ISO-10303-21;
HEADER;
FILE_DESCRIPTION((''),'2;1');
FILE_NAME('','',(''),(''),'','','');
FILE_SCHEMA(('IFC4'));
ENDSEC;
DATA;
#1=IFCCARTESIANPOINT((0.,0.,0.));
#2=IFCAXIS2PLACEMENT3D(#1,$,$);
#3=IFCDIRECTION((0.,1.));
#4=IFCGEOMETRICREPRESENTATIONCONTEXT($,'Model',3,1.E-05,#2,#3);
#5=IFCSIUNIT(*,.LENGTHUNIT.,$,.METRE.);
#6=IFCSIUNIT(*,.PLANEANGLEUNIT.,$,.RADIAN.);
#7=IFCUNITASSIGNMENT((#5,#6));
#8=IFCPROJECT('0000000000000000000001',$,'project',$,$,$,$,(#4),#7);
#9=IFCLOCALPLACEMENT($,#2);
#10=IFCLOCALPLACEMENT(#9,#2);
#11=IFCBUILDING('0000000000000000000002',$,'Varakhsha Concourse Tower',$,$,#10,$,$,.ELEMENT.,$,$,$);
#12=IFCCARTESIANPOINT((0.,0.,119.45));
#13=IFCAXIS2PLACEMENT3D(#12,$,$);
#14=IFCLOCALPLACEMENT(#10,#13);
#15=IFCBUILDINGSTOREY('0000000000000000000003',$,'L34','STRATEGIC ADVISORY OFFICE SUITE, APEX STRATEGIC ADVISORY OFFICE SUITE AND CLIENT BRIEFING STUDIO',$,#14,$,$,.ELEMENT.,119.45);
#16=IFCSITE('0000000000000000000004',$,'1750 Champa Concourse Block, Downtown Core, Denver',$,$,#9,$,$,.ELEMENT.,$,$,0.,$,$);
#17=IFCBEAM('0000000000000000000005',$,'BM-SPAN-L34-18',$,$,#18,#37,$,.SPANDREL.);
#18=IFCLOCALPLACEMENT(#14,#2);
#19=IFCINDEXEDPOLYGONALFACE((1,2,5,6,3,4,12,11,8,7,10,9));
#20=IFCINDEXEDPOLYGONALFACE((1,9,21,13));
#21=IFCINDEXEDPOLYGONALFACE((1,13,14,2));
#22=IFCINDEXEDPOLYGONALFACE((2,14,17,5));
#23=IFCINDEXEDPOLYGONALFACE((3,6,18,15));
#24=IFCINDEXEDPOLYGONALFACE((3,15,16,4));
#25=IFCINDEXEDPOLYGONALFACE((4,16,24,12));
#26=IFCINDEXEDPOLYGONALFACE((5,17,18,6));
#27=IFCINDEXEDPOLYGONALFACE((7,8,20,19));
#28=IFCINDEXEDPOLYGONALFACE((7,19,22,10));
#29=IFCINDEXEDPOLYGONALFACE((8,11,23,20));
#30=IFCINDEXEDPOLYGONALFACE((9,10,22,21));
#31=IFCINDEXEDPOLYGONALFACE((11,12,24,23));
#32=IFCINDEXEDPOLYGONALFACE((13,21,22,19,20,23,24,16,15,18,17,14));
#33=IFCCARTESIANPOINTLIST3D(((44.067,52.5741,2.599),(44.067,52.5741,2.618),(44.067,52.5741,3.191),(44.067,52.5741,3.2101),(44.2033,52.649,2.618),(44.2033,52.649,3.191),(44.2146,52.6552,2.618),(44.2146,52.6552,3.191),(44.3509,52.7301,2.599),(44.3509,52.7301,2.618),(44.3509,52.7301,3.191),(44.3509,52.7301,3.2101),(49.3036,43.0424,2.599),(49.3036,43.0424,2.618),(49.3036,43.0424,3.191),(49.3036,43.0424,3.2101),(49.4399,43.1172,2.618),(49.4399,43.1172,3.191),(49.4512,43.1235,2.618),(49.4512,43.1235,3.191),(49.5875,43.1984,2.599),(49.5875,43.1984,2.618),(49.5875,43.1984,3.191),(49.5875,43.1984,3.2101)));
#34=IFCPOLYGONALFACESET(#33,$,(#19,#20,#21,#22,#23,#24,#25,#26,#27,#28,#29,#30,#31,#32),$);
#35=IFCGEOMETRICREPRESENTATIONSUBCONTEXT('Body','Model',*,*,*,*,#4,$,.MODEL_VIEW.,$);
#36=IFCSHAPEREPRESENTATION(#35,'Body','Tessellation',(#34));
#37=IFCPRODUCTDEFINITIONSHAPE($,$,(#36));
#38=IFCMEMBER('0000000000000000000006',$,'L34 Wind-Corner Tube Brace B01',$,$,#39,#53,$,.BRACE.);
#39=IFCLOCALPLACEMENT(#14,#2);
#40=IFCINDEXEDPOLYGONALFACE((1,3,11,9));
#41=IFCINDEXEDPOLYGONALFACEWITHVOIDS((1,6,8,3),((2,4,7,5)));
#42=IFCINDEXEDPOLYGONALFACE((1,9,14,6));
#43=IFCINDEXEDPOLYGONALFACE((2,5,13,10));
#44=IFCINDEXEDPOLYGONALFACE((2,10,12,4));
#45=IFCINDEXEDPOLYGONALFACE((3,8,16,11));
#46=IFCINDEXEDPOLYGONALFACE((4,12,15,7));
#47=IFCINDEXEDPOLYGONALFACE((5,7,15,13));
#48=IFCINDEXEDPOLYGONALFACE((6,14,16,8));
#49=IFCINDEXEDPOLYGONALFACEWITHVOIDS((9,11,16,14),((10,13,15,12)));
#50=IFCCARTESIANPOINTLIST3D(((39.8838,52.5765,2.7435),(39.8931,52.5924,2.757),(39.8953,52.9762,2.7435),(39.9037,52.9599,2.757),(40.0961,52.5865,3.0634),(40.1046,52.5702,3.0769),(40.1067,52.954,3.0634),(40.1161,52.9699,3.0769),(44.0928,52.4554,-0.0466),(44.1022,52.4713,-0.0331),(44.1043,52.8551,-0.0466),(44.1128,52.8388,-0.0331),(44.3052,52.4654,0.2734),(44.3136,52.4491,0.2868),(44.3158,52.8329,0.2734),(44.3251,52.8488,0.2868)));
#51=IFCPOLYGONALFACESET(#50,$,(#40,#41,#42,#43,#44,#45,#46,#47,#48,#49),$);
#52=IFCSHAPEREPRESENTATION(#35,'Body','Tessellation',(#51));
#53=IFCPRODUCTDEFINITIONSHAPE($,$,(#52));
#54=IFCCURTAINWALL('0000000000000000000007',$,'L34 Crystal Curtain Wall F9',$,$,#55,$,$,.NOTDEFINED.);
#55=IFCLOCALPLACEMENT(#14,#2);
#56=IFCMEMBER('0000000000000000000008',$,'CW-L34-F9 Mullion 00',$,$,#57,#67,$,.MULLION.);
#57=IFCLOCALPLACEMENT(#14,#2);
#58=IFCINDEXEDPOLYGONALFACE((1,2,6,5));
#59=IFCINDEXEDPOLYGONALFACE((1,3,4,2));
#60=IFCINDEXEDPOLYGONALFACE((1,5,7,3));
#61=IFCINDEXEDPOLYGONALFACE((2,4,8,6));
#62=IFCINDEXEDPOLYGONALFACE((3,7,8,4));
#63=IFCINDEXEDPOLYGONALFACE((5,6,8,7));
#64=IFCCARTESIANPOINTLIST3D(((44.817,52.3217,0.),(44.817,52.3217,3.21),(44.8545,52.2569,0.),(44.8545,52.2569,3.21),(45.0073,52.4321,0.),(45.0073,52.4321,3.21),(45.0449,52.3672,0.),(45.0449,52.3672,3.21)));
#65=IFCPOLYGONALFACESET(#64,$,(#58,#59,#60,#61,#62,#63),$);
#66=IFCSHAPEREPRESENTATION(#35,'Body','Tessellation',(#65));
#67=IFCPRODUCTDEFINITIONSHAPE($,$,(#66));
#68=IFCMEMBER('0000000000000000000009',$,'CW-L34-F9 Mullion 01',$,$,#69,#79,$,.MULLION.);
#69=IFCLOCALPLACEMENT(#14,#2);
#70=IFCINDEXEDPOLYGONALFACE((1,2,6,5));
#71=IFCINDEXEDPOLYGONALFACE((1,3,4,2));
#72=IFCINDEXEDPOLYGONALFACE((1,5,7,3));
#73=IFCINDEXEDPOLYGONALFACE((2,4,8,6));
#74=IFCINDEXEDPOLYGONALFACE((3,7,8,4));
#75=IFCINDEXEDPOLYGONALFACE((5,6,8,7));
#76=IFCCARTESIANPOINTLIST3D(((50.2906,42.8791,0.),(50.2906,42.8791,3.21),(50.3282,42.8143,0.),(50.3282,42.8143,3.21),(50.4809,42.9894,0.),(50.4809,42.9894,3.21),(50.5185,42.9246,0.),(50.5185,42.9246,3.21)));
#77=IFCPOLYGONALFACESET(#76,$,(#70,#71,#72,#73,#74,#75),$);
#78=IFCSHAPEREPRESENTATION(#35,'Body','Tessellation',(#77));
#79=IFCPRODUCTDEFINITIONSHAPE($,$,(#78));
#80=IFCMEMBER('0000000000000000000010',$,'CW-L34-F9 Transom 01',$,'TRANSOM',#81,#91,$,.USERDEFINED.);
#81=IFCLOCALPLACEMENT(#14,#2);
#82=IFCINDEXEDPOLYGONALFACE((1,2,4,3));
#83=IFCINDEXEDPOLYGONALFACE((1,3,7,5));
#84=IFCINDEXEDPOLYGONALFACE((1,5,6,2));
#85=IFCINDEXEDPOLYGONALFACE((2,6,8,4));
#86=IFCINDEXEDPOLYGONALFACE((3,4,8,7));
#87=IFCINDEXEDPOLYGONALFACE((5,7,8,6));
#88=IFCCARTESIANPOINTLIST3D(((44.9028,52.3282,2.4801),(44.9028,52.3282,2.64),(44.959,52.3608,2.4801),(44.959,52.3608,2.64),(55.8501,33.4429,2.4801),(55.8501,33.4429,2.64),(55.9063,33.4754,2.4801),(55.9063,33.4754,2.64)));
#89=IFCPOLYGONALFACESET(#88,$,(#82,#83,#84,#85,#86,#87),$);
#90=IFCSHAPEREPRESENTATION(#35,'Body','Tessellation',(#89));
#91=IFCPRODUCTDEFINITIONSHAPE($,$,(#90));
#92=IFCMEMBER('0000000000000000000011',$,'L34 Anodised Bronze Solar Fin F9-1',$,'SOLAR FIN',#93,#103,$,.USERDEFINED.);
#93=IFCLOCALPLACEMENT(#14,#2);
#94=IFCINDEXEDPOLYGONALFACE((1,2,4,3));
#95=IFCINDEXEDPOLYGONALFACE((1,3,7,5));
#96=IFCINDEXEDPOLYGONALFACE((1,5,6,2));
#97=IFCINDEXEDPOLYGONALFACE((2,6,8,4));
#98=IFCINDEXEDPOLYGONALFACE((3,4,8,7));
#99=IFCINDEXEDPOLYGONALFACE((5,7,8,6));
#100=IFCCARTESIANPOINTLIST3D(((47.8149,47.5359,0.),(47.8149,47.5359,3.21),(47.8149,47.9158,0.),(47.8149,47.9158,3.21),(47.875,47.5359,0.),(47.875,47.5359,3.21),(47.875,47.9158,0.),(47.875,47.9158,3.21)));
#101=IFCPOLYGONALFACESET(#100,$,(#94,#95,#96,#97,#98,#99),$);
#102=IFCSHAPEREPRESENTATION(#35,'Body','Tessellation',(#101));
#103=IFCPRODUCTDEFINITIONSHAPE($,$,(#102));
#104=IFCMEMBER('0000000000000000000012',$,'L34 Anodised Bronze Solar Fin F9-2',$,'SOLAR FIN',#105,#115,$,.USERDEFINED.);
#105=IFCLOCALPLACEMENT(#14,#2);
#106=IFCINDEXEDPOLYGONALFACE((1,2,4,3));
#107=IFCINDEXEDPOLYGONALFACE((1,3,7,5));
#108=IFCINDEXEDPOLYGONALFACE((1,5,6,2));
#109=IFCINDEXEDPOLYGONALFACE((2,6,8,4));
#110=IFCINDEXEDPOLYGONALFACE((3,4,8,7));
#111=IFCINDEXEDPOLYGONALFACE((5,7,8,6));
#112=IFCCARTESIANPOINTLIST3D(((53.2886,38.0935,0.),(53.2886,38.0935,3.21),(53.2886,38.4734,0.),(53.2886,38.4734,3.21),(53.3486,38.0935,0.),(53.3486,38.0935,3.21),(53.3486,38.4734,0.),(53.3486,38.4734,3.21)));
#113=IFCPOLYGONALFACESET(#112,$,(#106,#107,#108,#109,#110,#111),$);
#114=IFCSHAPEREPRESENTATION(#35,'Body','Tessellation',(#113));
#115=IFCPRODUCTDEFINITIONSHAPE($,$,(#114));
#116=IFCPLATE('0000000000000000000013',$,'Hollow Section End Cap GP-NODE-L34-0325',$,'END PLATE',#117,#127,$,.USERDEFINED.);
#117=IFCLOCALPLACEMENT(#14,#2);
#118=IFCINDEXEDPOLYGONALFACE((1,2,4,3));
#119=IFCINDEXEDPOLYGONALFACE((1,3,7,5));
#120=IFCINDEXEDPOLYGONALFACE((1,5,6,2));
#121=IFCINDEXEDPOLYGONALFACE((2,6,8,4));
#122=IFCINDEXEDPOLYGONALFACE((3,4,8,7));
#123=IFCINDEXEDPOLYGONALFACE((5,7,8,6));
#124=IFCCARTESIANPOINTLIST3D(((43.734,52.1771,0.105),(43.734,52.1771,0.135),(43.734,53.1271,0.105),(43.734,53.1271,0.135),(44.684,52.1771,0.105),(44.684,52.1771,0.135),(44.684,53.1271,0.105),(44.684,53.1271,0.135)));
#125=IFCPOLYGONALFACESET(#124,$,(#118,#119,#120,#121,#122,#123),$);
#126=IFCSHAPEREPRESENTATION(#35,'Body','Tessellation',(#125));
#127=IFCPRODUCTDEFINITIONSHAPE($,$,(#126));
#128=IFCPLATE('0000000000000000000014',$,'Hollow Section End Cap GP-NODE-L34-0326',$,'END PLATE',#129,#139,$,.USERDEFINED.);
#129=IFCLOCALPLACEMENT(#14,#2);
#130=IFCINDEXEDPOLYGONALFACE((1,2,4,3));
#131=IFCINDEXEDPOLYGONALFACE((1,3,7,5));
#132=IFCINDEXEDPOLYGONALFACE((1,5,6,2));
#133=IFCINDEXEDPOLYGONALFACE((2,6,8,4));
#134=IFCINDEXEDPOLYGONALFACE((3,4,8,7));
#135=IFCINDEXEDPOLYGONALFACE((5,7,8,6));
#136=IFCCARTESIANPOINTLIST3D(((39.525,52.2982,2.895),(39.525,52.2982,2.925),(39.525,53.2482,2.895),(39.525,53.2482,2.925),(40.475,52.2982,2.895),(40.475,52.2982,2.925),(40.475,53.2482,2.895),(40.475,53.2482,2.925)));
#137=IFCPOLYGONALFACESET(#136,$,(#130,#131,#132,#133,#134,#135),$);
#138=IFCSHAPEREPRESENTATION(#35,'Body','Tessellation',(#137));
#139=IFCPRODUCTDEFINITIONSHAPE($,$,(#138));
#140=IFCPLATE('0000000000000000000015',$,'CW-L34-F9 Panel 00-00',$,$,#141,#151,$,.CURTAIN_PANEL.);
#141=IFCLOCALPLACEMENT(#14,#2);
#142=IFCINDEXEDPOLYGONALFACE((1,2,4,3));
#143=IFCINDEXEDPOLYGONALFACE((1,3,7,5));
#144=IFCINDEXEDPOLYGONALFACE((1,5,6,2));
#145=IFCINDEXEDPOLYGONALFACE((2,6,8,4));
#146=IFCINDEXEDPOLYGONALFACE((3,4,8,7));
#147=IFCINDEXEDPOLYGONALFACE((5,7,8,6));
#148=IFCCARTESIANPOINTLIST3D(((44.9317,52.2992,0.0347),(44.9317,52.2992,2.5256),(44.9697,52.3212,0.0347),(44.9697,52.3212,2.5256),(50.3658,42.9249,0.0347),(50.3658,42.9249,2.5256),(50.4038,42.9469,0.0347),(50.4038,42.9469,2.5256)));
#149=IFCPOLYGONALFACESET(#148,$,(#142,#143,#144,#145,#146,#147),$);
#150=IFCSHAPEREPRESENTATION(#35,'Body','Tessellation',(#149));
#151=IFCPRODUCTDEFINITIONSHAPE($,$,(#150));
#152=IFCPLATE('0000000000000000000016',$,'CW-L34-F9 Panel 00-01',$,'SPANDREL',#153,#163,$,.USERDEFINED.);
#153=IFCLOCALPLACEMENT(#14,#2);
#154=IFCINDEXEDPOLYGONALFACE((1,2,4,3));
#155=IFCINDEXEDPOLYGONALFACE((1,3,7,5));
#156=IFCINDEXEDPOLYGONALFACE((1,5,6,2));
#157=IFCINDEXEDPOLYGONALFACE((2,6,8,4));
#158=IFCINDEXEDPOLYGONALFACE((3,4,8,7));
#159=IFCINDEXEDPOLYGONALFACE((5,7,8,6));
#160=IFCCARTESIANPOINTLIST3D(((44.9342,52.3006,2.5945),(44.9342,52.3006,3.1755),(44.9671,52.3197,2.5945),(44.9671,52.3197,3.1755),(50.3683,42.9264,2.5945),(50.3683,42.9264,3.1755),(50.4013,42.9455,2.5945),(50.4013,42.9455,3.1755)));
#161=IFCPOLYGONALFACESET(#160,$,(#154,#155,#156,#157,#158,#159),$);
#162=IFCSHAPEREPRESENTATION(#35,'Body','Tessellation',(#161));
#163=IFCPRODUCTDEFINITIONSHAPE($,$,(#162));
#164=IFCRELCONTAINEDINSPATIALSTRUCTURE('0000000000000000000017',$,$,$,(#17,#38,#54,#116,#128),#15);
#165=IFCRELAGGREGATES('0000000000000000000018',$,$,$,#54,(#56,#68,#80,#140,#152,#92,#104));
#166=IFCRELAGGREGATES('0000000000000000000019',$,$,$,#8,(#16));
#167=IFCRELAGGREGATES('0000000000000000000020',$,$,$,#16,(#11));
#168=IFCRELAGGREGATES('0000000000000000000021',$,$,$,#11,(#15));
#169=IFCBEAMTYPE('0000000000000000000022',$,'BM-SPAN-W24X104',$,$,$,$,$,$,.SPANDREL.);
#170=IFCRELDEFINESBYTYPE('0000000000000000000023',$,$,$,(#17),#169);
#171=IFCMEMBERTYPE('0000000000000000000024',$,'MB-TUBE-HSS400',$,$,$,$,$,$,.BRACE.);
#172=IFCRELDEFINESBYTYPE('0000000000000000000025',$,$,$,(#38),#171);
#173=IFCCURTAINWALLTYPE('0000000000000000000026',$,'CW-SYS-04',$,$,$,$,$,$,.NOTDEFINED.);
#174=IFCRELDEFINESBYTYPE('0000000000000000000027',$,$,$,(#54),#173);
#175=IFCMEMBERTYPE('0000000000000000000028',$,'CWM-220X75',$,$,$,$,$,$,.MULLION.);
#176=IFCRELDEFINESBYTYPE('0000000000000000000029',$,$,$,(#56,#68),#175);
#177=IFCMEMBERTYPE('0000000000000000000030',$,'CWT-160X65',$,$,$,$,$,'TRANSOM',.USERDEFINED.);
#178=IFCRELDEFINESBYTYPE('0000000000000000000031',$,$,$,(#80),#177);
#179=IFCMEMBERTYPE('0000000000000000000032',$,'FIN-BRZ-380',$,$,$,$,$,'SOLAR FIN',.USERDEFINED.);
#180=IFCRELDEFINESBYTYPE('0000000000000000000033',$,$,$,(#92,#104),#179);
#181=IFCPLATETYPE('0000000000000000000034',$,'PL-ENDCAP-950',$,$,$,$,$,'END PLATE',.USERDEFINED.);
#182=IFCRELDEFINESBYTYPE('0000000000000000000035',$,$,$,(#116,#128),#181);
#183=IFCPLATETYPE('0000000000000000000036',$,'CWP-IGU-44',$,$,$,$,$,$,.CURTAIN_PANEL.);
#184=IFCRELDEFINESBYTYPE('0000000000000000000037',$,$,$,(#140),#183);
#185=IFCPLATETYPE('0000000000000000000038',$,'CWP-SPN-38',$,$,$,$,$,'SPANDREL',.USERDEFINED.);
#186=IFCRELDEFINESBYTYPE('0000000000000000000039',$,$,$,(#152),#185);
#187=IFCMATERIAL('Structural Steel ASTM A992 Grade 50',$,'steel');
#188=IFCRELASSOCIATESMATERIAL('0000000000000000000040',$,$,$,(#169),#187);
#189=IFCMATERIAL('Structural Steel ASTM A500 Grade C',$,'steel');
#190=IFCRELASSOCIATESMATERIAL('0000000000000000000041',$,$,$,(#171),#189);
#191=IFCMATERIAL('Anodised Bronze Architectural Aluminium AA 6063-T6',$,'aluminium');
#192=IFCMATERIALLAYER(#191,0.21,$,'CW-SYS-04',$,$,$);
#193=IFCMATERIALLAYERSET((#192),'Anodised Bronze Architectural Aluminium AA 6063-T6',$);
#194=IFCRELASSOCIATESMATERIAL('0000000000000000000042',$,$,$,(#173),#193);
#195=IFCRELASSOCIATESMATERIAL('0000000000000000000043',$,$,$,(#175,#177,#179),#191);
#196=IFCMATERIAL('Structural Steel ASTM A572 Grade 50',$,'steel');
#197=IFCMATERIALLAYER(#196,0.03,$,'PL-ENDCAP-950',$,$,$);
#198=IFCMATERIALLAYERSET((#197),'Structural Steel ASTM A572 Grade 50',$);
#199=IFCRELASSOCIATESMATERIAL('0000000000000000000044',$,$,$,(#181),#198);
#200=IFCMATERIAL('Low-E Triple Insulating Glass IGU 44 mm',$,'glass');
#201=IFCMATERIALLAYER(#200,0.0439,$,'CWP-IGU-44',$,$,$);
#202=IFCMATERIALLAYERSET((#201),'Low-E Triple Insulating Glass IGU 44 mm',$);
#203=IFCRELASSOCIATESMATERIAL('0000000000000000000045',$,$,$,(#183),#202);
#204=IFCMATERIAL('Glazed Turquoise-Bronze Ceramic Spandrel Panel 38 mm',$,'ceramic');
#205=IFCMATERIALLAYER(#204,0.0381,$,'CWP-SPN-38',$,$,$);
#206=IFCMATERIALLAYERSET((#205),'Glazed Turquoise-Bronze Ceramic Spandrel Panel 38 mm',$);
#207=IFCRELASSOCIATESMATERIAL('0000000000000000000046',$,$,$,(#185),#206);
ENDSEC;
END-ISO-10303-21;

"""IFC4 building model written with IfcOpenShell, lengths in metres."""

from ifc_helpers import new_model, si_unit, direction, frame, origin, origin_2d, place, context, subcontext, project, spatial, rectangle, hollow_rectangle, i_section, extrude, source, transform, mapped, material, layer, layer_set, material_profile, profile_set, type_object, type_shapes, element, aggregate, save


model = new_model("IFC4")

# Units and contexts
model_context = context("Model", 3, precision=1e-05, world=origin(), true_north=direction((0.0, 1.0)))
body_context = subcontext(model_context, "Body", "Model", "MODEL_VIEW")
ifc_project = project(units=[si_unit("LENGTHUNIT", "METRE"), si_unit("PLANEANGLEUNIT", "RADIAN")], contexts=[model_context])

# Site, building, storey
site_placement = place(None, origin())
site = spatial("IfcSite", under=ifc_project, at=site_placement, Name="1750 Champa Concourse Block, Downtown Core, Denver", CompositionType="ELEMENT", RefElevation=0.0)
building_placement = place(site_placement, origin())
building = spatial("IfcBuilding", under=site, at=building_placement, Name="Varakhsha Concourse Tower", CompositionType="ELEMENT")
storey_placement = place(building_placement, frame((0.0, 0.0, 119.45)))
storey = spatial("IfcBuildingStorey", under=building, at=storey_placement, Name="L34", Description="STRATEGIC ADVISORY OFFICE SUITE, APEX STRATEGIC ADVISORY OFFICE SUITE AND CLIENT BRIEFING STUDIO", CompositionType="ELEMENT", Elevation=119.45)

# Shared definitions
ifc_material_1 = material(Name="Structural Steel ASTM A992 Grade 50", Category="steel")
ifc_material_2 = material(Name="Structural Steel ASTM A572 Grade 50", Category="steel")

# Beam
ifc_material_profile_1 = material_profile(ifc_material_1, i_section(OverallWidth=0.324, OverallDepth=0.6111, WebThickness=0.0129, FlangeThickness=0.019, at=origin_2d()), Name="W24X104")
ifc_profile_set_1 = profile_set([ifc_material_profile_1], Name="Structural Steel ASTM A992 Grade 50")
beam_type_1 = type_object("IfcBeamType", Name="BM-SPAN-W24X104", PredefinedType="SPANDREL", material=ifc_profile_set_1)
beam_1_placement = place(storey_placement, frame((49.4456, 43.1204, 2.9045), z_axis=(-0.481503, 0.876444, 0.0), x_axis=(-0.876444, -0.481503, 0.0)))
element("IfcBeam", 1, at=beam_1_placement, inside=storey, type_object=beam_type_1, Name="BM-SPAN-L34-18", PredefinedType="SPANDREL", context=body_context, shape_type="SweptSolid", body=[
    extrude(i_section(OverallWidth=0.324, OverallDepth=0.6111, WebThickness=0.0129, FlangeThickness=0.019, at=origin_2d()), origin(), (0.0, 0.0, 1.0), 10.8755),
])

# Member
ifc_material_3 = material(Name="Structural Steel ASTM A500 Grade C", Category="steel")
ifc_material_profile_2 = material_profile(ifc_material_3, hollow_rectangle(XDim=0.3999, YDim=0.3999, WallThickness=0.0161, at=origin_2d()), Name="HSS 400x400x16")
ifc_profile_set_2 = profile_set([ifc_material_profile_2], Name="Structural Steel ASTM A500 Grade C")
member_type_1 = type_object("IfcMemberType", Name="MB-TUBE-HSS400", PredefinedType="BRACE", material=ifc_profile_set_2)
shared_shape_1 = source(origin(), body_context, "Body", "SweptSolid", [
    extrude(hollow_rectangle(XDim=0.3999, YDim=0.3999, WallThickness=0.0161, at=origin_2d()), origin(), (0.0, 0.0, 1.0), 5.0513),
])
type_shapes(member_type_1, [shared_shape_1])
member_1_placement = place(storey_placement, frame((44.209, 52.6521, 0.1201), z_axis=(-0.833266, 0.023973, 0.552353), x_axis=(-0.028758, -0.999586, 0.0)))
element("IfcMember", 2, at=member_1_placement, inside=storey, type_object=member_type_1, Name="L34 Wind-Corner Tube Brace B01", PredefinedType="BRACE", context=body_context, shape_type="MappedRepresentation", body=[
    mapped(shared_shape_1, transform((0.0, 0.0, 0.0), scale=1.0)),
])

# Curtain wall, members
ifc_material_4 = material(Name="Anodised Bronze Architectural Aluminium AA 6063-T6", Category="aluminium")
ifc_layer_1 = layer(ifc_material_4, 0.21, Name="CW-SYS-04")
ifc_layer_set_1 = layer_set([ifc_layer_1], Name="Anodised Bronze Architectural Aluminium AA 6063-T6")
curtain_wall_type = type_object("IfcCurtainWallType", Name="CW-SYS-04", PredefinedType="NOTDEFINED", material=ifc_layer_set_1)
curtain_wall_placement = place(storey_placement, origin())
curtain_wall = element("IfcCurtainWall", 3, at=curtain_wall_placement, inside=storey, type_object=curtain_wall_type, Name="L34 Crystal Curtain Wall F9", PredefinedType="NOTDEFINED")
ifc_material_profile_3 = material_profile(ifc_material_4, rectangle(XDim=0.075, YDim=0.22, at=origin_2d()), Name="CWM-220X75")
ifc_profile_set_3 = profile_set([ifc_material_profile_3], Name="Anodised Bronze Architectural Aluminium AA 6063-T6")
member_type_2 = type_object("IfcMemberType", Name="CWM-220X75", PredefinedType="MULLION", material=ifc_profile_set_3)
shared_shape_2 = source(origin(), body_context, "Body", "SweptSolid", [
    extrude(rectangle(XDim=0.075, YDim=0.22, at=origin_2d()), origin(), (0.0, 0.0, 1.0), 3.21),
])
type_shapes(member_type_2, [shared_shape_2])
member_2_placement = place(storey_placement, frame((44.9309, 52.3445, 0.0), z_axis=(0.0, 0.0, 1.0), x_axis=(0.501514, -0.86515, 0.0)))
member_2 = element("IfcMember", 4, at=member_2_placement, type_object=member_type_2, Name="CW-L34-F9 Mullion 00", PredefinedType="MULLION", context=body_context, shape_type="MappedRepresentation", body=[
    mapped(shared_shape_2, transform((0.0, 0.0, 0.0), scale=1.0)),
])
member_3_placement = place(storey_placement, frame((50.4045, 42.9019, 0.0), z_axis=(0.0, 0.0, 1.0), x_axis=(0.501514, -0.86515, 0.0)))
member_3 = element("IfcMember", 5, at=member_3_placement, type_object=member_type_2, Name="CW-L34-F9 Mullion 01", PredefinedType="MULLION", context=body_context, shape_type="MappedRepresentation", body=[
    mapped(shared_shape_2, transform((0.0, 0.0, 0.0), scale=1.0)),
])
ifc_material_profile_4 = material_profile(ifc_material_4, rectangle(XDim=0.0649, YDim=0.1599, at=origin_2d()), Name="CWT-160X65")
ifc_profile_set_4 = profile_set([ifc_material_profile_4], Name="Anodised Bronze Architectural Aluminium AA 6063-T6")
member_type_3 = type_object("IfcMemberType", Name="CWT-160X65", ElementType="TRANSOM", PredefinedType="USERDEFINED", material=ifc_profile_set_4)
shared_shape_3 = source(origin(), body_context, "Body", "SweptSolid", [
    extrude(rectangle(XDim=0.0649, YDim=0.1599, at=origin_2d()), origin(), (0.0, 0.0, 1.0), 21.8289),
])
type_shapes(member_type_3, [shared_shape_3])
member_4_placement = place(storey_placement, frame((44.9309, 52.3445, 2.5601), z_axis=(0.501506, -0.865154, 0.0), x_axis=(0.865154, 0.501506, 0.0)))
member_4 = element("IfcMember", 6, at=member_4_placement, type_object=member_type_3, Name="CW-L34-F9 Transom 01", ObjectType="TRANSOM", PredefinedType="USERDEFINED", context=body_context, shape_type="MappedRepresentation", body=[
    mapped(shared_shape_3, transform((0.0, 0.0, 0.0), scale=1.0)),
])
ifc_material_profile_5 = material_profile(ifc_material_4, rectangle(XDim=0.0601, YDim=0.3799, at=origin_2d()), Name="FIN-BRZ-380")
ifc_profile_set_5 = profile_set([ifc_material_profile_5], Name="Anodised Bronze Architectural Aluminium AA 6063-T6")
member_type_4 = type_object("IfcMemberType", Name="FIN-BRZ-380", ElementType="SOLAR FIN", PredefinedType="USERDEFINED", material=ifc_profile_set_5)
shared_shape_4 = source(origin(), body_context, "Body", "SweptSolid", [
    extrude(rectangle(XDim=0.0601, YDim=0.3799, at=origin_2d()), origin(), (0.0, 0.0, 1.0), 3.21),
])
type_shapes(member_type_4, [shared_shape_4])
member_5_placement = place(storey_placement, frame((47.845, 47.7258, 0.0), z_axis=(0.0, 0.0, 1.0), x_axis=(1.0, 0.0, 0.0)))
member_5 = element("IfcMember", 7, at=member_5_placement, type_object=member_type_4, Name="L34 Anodised Bronze Solar Fin F9-1", ObjectType="SOLAR FIN", PredefinedType="USERDEFINED", context=body_context, shape_type="MappedRepresentation", body=[
    mapped(shared_shape_4, transform((0.0, 0.0, 0.0), scale=1.0)),
])
member_6_placement = place(storey_placement, frame((53.3186, 38.2834, 0.0), z_axis=(0.0, 0.0, 1.0), x_axis=(1.0, 0.0, 0.0)))
member_6 = element("IfcMember", 8, at=member_6_placement, type_object=member_type_4, Name="L34 Anodised Bronze Solar Fin F9-2", ObjectType="SOLAR FIN", PredefinedType="USERDEFINED", context=body_context, shape_type="MappedRepresentation", body=[
    mapped(shared_shape_4, transform((0.0, 0.0, 0.0), scale=1.0)),
])

# Plates
ifc_layer_2 = layer(ifc_material_2, 0.03, Name="PL-ENDCAP-950")
ifc_layer_set_2 = layer_set([ifc_layer_2], Name="Structural Steel ASTM A572 Grade 50")
plate_type_1 = type_object("IfcPlateType", Name="PL-ENDCAP-950", ElementType="END PLATE", PredefinedType="USERDEFINED", material=ifc_layer_set_2)
shared_shape_5 = source(origin(), body_context, "Body", "SweptSolid", [
    extrude(rectangle(XDim=0.95, YDim=0.95, at=origin_2d()), origin(), (0.0, 0.0, 1.0), 0.03),
])
type_shapes(plate_type_1, [shared_shape_5])
for number, where, z_axis, x_axis, name in (
    (9, (44.209, 52.6521, 0.105), (0.0, 0.0, 1.0), (1.0, 0.0, 0.0), "Hollow Section End Cap GP-NODE-L34-0325"),
    (10, (40.0, 52.7732, 2.895), (0.0, 0.0, 1.0), (1.0, 0.0, 0.0), "Hollow Section End Cap GP-NODE-L34-0326"),
):
    element("IfcPlate", number, at=place(storey_placement, frame(where, z_axis=z_axis, x_axis=x_axis)), inside=storey, type_object=plate_type_1, Name=name, ObjectType="END PLATE", PredefinedType="USERDEFINED", context=body_context, shape_type="MappedRepresentation", body=[
        mapped(shared_shape_5, transform((0.0, 0.0, 0.0), scale=1.0)),
    ])

# Plates
ifc_material_5 = material(Name="Low-E Triple Insulating Glass IGU 44 mm", Category="glass")
ifc_layer_3 = layer(ifc_material_5, 0.0439, Name="CWP-IGU-44")
ifc_layer_set_3 = layer_set([ifc_layer_3], Name="Low-E Triple Insulating Glass IGU 44 mm")
plate_type_2 = type_object("IfcPlateType", Name="CWP-IGU-44", PredefinedType="CURTAIN_PANEL", material=ifc_layer_set_3)
shared_shape_6 = source(origin(), body_context, "Body", "SweptSolid", [
    extrude(rectangle(XDim=10.8354, YDim=0.0439, at=origin_2d()), origin(), (0.0, 0.0, 1.0), 2.491),
])
type_shapes(plate_type_2, [shared_shape_6])
plate_1_placement = place(storey_placement, frame((47.6677, 47.623, 0.0347), z_axis=(0.0, 0.0, 1.0), x_axis=(0.501514, -0.86515, 0.0)))
plate_1 = element("IfcPlate", 11, at=plate_1_placement, type_object=plate_type_2, Name="CW-L34-F9 Panel 00-00", PredefinedType="CURTAIN_PANEL", context=body_context, shape_type="MappedRepresentation", body=[
    mapped(shared_shape_6, transform((0.0, 0.0, 0.0), scale=1.0)),
])
ifc_material_6 = material(Name="Glazed Turquoise-Bronze Ceramic Spandrel Panel 38 mm", Category="ceramic")
ifc_layer_4 = layer(ifc_material_6, 0.0381, Name="CWP-SPN-38")
ifc_layer_set_4 = layer_set([ifc_layer_4], Name="Glazed Turquoise-Bronze Ceramic Spandrel Panel 38 mm")
plate_type_3 = type_object("IfcPlateType", Name="CWP-SPN-38", ElementType="SPANDREL", PredefinedType="USERDEFINED", material=ifc_layer_set_4)
shared_shape_7 = source(origin(), body_context, "Body", "SweptSolid", [
    extrude(rectangle(XDim=10.8354, YDim=0.0381, at=origin_2d()), origin(), (0.0, 0.0, 1.0), 0.5811),
])
plate_2_placement = place(storey_placement, frame((47.6677, 47.623, 2.5945), z_axis=(0.0, 0.0, 1.0), x_axis=(0.501514, -0.86515, 0.0)))
plate_2 = element("IfcPlate", 12, at=plate_2_placement, type_object=plate_type_3, Name="CW-L34-F9 Panel 00-01", ObjectType="SPANDREL", PredefinedType="USERDEFINED", context=body_context, shape_type="MappedRepresentation", body=[
    mapped(shared_shape_7, transform((0.0, 0.0, 0.0), scale=1.0)),
])
aggregate(curtain_wall, [member_2, member_3, member_4, plate_1, plate_2, member_5, member_6])

save(model, "model.ifc")
